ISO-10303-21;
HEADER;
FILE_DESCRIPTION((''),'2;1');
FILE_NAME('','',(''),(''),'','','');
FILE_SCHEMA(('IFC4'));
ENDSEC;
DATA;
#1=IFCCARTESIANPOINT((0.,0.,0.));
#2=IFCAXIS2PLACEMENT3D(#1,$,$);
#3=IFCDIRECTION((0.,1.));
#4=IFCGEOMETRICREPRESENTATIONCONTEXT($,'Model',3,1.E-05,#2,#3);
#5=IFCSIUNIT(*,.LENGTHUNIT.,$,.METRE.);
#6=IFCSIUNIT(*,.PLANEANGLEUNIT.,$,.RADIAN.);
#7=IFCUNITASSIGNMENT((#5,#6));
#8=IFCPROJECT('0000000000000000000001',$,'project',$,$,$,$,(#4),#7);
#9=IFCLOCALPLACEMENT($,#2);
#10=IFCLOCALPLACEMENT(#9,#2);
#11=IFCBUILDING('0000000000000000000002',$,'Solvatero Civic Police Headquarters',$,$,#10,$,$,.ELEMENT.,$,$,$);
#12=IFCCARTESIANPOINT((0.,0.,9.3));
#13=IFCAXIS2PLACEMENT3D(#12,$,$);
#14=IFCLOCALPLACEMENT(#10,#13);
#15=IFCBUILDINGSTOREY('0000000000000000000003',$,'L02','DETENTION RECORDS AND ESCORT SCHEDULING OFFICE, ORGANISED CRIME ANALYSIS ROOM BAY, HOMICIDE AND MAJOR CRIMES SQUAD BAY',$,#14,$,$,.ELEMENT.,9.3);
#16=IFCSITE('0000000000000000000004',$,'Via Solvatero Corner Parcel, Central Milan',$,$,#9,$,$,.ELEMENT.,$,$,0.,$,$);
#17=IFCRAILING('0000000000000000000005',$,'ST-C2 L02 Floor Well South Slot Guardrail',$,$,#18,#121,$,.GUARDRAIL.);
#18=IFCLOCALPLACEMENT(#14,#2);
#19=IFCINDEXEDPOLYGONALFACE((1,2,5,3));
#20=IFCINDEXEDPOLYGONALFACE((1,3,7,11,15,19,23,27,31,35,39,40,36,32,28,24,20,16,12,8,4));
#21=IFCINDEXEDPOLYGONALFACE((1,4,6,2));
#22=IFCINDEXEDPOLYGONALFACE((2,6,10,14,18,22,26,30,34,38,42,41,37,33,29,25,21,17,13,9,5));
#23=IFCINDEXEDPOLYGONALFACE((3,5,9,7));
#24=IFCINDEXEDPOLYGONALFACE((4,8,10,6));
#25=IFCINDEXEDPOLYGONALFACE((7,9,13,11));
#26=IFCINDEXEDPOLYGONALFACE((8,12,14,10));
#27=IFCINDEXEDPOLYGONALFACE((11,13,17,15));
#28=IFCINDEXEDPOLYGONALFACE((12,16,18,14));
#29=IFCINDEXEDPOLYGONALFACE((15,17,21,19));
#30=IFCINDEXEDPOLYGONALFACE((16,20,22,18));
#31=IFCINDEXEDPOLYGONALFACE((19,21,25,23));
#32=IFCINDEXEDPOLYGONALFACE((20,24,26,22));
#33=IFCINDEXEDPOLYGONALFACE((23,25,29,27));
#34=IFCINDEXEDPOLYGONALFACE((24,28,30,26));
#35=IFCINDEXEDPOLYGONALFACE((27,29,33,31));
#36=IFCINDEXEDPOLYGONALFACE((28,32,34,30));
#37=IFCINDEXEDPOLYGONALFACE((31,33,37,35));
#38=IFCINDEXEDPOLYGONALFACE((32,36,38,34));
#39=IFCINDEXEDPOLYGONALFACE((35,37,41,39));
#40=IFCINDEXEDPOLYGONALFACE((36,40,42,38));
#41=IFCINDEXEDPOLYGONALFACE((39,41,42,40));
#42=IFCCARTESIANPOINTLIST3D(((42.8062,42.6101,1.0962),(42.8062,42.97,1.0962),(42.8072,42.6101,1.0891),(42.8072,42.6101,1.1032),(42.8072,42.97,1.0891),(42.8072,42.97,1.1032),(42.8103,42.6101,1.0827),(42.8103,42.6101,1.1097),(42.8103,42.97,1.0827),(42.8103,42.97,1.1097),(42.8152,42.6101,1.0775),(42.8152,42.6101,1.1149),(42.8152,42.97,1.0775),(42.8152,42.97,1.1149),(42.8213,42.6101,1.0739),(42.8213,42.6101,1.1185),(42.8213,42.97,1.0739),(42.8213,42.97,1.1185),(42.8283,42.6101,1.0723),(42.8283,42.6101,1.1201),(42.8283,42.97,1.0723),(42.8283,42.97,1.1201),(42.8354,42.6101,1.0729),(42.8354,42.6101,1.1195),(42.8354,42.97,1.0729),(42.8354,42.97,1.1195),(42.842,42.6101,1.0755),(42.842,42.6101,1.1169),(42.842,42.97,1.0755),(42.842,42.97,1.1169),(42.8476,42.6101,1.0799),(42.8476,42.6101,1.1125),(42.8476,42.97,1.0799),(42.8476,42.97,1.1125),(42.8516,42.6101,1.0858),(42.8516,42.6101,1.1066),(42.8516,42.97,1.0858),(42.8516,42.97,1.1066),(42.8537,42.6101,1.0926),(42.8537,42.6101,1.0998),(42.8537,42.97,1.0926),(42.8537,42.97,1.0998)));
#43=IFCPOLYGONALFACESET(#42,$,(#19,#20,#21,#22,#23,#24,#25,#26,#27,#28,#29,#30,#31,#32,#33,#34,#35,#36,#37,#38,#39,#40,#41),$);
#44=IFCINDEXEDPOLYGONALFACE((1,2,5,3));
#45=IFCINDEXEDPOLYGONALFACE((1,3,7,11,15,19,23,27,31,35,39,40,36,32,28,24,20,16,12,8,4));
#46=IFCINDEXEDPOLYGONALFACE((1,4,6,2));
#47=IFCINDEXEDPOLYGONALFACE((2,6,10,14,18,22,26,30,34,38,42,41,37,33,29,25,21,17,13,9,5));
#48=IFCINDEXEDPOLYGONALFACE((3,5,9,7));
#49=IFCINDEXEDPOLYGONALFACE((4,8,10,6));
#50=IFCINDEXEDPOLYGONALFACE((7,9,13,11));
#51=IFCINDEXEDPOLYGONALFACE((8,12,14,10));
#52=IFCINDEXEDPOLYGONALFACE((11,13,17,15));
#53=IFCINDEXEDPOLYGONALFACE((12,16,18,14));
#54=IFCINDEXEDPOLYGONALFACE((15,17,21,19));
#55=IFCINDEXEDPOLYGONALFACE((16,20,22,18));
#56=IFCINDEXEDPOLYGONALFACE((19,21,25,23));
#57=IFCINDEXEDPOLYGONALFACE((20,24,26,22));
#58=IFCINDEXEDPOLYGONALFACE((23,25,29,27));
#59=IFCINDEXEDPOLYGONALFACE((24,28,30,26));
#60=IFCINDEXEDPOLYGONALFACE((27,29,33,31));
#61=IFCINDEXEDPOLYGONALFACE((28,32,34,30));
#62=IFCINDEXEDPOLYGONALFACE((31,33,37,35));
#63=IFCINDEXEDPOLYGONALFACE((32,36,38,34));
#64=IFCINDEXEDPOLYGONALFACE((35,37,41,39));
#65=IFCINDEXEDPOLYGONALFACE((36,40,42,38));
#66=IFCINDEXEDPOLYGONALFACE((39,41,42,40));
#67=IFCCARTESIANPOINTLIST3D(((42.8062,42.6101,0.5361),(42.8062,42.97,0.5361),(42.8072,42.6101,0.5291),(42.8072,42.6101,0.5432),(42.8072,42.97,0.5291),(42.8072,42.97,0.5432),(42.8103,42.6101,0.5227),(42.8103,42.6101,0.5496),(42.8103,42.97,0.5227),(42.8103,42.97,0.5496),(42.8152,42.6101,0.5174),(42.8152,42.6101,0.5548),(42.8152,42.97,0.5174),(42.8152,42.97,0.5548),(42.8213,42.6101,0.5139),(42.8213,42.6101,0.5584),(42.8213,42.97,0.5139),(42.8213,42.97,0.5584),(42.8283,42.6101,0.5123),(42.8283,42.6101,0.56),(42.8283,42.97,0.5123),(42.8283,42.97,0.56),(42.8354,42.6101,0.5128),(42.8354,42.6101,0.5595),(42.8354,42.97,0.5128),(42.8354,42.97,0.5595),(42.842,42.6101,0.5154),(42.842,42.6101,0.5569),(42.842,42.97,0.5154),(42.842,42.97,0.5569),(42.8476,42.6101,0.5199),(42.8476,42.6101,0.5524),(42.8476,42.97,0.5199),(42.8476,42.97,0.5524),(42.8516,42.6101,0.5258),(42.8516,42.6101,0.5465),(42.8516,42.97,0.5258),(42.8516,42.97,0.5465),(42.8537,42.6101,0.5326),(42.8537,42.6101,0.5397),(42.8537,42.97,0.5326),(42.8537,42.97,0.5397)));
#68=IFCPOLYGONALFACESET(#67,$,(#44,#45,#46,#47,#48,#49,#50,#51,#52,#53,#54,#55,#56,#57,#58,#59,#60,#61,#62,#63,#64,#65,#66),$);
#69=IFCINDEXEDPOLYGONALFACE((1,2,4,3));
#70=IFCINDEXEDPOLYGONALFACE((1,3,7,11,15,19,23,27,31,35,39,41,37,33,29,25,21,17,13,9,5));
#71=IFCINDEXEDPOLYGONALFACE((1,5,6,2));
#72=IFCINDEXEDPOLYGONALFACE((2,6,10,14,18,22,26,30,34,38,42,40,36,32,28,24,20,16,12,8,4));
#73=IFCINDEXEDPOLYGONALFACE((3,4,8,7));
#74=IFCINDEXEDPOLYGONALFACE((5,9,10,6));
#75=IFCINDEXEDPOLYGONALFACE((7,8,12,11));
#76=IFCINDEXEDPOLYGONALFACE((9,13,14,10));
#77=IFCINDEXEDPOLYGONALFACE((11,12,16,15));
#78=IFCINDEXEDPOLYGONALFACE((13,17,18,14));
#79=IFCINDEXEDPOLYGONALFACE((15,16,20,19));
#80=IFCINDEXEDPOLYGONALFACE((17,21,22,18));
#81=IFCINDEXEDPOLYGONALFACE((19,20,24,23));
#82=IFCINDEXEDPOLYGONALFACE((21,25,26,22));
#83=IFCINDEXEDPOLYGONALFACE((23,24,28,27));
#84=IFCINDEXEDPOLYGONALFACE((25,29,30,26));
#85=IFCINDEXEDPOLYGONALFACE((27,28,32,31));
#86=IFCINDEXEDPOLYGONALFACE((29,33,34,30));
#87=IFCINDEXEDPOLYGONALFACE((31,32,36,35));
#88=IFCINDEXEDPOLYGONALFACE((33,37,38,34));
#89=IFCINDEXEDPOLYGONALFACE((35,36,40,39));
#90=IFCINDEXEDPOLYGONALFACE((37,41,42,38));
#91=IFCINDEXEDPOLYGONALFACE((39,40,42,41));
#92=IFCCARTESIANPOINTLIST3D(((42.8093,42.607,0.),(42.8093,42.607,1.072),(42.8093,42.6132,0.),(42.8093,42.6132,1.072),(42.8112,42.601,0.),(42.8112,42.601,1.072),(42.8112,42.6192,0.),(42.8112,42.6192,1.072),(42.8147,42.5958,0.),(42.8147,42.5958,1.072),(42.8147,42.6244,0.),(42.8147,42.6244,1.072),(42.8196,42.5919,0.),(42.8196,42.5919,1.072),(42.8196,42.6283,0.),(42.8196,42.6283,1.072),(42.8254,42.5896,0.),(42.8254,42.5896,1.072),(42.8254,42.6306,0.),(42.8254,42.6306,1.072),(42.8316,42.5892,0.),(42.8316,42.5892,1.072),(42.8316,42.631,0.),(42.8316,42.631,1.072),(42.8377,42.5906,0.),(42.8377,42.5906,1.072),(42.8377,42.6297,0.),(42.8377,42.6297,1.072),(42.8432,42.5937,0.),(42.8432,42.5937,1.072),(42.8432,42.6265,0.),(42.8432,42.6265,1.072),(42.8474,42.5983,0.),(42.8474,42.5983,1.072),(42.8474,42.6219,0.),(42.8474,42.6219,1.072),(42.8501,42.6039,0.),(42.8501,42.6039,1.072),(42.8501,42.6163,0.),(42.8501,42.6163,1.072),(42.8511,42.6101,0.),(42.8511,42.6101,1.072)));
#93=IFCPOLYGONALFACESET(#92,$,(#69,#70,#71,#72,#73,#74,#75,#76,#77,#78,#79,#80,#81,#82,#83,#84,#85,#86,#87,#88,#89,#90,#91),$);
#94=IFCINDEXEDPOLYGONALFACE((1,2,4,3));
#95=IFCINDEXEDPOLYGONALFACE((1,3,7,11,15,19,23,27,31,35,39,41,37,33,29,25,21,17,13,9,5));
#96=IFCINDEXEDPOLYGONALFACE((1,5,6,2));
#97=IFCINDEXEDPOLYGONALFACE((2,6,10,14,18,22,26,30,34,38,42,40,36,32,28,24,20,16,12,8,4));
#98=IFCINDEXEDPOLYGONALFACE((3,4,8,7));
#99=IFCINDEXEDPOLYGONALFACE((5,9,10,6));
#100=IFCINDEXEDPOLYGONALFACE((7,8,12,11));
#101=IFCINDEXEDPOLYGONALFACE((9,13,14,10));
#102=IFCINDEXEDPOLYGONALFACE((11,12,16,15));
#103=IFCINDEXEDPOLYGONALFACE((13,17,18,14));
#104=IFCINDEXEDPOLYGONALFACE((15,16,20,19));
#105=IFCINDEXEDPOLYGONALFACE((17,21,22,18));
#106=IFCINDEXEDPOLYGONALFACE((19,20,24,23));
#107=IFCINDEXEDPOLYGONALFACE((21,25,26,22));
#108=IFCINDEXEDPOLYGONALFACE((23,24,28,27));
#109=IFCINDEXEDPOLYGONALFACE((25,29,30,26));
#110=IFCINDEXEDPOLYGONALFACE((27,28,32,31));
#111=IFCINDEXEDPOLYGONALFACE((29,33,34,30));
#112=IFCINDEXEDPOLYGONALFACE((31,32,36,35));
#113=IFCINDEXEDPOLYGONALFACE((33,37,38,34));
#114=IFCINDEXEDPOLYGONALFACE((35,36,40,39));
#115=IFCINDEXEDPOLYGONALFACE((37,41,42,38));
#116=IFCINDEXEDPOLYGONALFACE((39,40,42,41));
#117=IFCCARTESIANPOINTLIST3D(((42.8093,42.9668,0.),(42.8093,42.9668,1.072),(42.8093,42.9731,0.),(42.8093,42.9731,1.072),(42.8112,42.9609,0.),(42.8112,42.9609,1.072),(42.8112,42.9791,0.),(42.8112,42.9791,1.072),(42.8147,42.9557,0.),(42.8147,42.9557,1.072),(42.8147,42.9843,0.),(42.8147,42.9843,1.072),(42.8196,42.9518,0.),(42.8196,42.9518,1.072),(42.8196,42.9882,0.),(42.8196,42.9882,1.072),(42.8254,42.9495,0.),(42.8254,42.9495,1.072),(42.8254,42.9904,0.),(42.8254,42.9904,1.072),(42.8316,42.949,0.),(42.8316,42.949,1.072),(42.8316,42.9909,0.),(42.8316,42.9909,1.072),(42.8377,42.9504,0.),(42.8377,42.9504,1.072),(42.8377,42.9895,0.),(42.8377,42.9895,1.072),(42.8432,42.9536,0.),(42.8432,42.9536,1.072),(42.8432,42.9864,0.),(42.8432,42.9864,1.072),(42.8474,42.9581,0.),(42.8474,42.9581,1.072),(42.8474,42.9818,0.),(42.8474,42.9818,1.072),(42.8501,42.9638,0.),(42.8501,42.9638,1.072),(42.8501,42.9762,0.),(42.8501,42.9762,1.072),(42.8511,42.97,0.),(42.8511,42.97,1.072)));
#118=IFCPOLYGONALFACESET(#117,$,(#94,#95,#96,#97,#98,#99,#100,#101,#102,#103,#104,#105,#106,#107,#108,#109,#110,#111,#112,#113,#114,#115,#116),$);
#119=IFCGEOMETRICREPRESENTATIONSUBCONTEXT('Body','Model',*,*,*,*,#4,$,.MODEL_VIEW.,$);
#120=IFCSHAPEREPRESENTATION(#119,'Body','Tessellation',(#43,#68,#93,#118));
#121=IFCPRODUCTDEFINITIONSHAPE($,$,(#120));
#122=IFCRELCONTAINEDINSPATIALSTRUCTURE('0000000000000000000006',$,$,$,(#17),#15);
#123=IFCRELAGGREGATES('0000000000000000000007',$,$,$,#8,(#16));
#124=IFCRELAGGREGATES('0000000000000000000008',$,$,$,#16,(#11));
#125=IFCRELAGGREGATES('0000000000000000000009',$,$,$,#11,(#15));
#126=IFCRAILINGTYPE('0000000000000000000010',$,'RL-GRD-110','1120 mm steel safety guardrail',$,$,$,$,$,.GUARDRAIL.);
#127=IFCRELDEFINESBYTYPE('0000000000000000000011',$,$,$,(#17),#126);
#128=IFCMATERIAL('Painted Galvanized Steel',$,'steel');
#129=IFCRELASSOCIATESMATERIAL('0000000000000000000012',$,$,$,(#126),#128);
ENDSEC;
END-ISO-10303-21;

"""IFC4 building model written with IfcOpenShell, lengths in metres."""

from ifc_helpers import new_model, si_unit, direction, frame, origin, origin_2d, place, context, subcontext, project, spatial, circle, extrude, material, type_object, element, save


model = new_model("IFC4")

# Units and contexts
model_context = context("Model", 3, precision=1e-05, world=origin(), true_north=direction((0.0, 1.0)))
body_context = subcontext(model_context, "Body", "Model", "MODEL_VIEW")
ifc_project = project(units=[si_unit("LENGTHUNIT", "METRE"), si_unit("PLANEANGLEUNIT", "RADIAN")], contexts=[model_context])

# Site, building, storey
site_placement = place(None, origin())
site = spatial("IfcSite", under=ifc_project, at=site_placement, Name="Via Solvatero Corner Parcel, Central Milan", CompositionType="ELEMENT", RefElevation=0.0)
building_placement = place(site_placement, origin())
building = spatial("IfcBuilding", under=site, at=building_placement, Name="Solvatero Civic Police Headquarters", CompositionType="ELEMENT")
storey_placement = place(building_placement, frame((0.0, 0.0, 9.3)))
storey = spatial("IfcBuildingStorey", under=building, at=storey_placement, Name="L02", Description="DETENTION RECORDS AND ESCORT SCHEDULING OFFICE, ORGANISED CRIME ANALYSIS ROOM BAY, HOMICIDE AND MAJOR CRIMES SQUAD BAY", CompositionType="ELEMENT", Elevation=9.3)

# Railing
ifc_material_1 = material(Name="Painted Galvanized Steel", Category="steel")
railing_type_1 = type_object("IfcRailingType", Name="RL-GRD-110", Description="1120 mm steel safety guardrail", PredefinedType="GUARDRAIL", material=ifc_material_1)
railing_1_placement = place(storey_placement, frame((42.8301, 42.6101, 0.0)))
element("IfcRailing", 1, at=railing_1_placement, inside=storey, type_object=railing_type_1, Name="ST-C2 L02 Floor Well South Slot Guardrail", PredefinedType="GUARDRAIL", context=body_context, shape_type="SweptSolid", body=[
    extrude(circle(Radius=0.0239, at=origin_2d()), frame((0.0, 0.0, 1.0962), z_axis=(0.0, 1.0, 0.0), x_axis=(-1.0, 0.0, 0.0)), (0.0, 0.0, 1.0), 0.3599),
    extrude(circle(Radius=0.0239, at=origin_2d()), frame((0.0, 0.0, 0.5361), z_axis=(0.0, 1.0, 0.0), x_axis=(-1.0, 0.0, 0.0)), (0.0, 0.0, 1.0), 0.3599),
    extrude(circle(Radius=0.021, at=origin_2d()), origin(), (0.0, 0.0, 1.0), 1.072),
    extrude(circle(Radius=0.021, at=origin_2d()), frame((0.0, 0.3599, 0.0)), (0.0, 0.0, 1.0), 1.072),
])

save(model, "model.ifc")
